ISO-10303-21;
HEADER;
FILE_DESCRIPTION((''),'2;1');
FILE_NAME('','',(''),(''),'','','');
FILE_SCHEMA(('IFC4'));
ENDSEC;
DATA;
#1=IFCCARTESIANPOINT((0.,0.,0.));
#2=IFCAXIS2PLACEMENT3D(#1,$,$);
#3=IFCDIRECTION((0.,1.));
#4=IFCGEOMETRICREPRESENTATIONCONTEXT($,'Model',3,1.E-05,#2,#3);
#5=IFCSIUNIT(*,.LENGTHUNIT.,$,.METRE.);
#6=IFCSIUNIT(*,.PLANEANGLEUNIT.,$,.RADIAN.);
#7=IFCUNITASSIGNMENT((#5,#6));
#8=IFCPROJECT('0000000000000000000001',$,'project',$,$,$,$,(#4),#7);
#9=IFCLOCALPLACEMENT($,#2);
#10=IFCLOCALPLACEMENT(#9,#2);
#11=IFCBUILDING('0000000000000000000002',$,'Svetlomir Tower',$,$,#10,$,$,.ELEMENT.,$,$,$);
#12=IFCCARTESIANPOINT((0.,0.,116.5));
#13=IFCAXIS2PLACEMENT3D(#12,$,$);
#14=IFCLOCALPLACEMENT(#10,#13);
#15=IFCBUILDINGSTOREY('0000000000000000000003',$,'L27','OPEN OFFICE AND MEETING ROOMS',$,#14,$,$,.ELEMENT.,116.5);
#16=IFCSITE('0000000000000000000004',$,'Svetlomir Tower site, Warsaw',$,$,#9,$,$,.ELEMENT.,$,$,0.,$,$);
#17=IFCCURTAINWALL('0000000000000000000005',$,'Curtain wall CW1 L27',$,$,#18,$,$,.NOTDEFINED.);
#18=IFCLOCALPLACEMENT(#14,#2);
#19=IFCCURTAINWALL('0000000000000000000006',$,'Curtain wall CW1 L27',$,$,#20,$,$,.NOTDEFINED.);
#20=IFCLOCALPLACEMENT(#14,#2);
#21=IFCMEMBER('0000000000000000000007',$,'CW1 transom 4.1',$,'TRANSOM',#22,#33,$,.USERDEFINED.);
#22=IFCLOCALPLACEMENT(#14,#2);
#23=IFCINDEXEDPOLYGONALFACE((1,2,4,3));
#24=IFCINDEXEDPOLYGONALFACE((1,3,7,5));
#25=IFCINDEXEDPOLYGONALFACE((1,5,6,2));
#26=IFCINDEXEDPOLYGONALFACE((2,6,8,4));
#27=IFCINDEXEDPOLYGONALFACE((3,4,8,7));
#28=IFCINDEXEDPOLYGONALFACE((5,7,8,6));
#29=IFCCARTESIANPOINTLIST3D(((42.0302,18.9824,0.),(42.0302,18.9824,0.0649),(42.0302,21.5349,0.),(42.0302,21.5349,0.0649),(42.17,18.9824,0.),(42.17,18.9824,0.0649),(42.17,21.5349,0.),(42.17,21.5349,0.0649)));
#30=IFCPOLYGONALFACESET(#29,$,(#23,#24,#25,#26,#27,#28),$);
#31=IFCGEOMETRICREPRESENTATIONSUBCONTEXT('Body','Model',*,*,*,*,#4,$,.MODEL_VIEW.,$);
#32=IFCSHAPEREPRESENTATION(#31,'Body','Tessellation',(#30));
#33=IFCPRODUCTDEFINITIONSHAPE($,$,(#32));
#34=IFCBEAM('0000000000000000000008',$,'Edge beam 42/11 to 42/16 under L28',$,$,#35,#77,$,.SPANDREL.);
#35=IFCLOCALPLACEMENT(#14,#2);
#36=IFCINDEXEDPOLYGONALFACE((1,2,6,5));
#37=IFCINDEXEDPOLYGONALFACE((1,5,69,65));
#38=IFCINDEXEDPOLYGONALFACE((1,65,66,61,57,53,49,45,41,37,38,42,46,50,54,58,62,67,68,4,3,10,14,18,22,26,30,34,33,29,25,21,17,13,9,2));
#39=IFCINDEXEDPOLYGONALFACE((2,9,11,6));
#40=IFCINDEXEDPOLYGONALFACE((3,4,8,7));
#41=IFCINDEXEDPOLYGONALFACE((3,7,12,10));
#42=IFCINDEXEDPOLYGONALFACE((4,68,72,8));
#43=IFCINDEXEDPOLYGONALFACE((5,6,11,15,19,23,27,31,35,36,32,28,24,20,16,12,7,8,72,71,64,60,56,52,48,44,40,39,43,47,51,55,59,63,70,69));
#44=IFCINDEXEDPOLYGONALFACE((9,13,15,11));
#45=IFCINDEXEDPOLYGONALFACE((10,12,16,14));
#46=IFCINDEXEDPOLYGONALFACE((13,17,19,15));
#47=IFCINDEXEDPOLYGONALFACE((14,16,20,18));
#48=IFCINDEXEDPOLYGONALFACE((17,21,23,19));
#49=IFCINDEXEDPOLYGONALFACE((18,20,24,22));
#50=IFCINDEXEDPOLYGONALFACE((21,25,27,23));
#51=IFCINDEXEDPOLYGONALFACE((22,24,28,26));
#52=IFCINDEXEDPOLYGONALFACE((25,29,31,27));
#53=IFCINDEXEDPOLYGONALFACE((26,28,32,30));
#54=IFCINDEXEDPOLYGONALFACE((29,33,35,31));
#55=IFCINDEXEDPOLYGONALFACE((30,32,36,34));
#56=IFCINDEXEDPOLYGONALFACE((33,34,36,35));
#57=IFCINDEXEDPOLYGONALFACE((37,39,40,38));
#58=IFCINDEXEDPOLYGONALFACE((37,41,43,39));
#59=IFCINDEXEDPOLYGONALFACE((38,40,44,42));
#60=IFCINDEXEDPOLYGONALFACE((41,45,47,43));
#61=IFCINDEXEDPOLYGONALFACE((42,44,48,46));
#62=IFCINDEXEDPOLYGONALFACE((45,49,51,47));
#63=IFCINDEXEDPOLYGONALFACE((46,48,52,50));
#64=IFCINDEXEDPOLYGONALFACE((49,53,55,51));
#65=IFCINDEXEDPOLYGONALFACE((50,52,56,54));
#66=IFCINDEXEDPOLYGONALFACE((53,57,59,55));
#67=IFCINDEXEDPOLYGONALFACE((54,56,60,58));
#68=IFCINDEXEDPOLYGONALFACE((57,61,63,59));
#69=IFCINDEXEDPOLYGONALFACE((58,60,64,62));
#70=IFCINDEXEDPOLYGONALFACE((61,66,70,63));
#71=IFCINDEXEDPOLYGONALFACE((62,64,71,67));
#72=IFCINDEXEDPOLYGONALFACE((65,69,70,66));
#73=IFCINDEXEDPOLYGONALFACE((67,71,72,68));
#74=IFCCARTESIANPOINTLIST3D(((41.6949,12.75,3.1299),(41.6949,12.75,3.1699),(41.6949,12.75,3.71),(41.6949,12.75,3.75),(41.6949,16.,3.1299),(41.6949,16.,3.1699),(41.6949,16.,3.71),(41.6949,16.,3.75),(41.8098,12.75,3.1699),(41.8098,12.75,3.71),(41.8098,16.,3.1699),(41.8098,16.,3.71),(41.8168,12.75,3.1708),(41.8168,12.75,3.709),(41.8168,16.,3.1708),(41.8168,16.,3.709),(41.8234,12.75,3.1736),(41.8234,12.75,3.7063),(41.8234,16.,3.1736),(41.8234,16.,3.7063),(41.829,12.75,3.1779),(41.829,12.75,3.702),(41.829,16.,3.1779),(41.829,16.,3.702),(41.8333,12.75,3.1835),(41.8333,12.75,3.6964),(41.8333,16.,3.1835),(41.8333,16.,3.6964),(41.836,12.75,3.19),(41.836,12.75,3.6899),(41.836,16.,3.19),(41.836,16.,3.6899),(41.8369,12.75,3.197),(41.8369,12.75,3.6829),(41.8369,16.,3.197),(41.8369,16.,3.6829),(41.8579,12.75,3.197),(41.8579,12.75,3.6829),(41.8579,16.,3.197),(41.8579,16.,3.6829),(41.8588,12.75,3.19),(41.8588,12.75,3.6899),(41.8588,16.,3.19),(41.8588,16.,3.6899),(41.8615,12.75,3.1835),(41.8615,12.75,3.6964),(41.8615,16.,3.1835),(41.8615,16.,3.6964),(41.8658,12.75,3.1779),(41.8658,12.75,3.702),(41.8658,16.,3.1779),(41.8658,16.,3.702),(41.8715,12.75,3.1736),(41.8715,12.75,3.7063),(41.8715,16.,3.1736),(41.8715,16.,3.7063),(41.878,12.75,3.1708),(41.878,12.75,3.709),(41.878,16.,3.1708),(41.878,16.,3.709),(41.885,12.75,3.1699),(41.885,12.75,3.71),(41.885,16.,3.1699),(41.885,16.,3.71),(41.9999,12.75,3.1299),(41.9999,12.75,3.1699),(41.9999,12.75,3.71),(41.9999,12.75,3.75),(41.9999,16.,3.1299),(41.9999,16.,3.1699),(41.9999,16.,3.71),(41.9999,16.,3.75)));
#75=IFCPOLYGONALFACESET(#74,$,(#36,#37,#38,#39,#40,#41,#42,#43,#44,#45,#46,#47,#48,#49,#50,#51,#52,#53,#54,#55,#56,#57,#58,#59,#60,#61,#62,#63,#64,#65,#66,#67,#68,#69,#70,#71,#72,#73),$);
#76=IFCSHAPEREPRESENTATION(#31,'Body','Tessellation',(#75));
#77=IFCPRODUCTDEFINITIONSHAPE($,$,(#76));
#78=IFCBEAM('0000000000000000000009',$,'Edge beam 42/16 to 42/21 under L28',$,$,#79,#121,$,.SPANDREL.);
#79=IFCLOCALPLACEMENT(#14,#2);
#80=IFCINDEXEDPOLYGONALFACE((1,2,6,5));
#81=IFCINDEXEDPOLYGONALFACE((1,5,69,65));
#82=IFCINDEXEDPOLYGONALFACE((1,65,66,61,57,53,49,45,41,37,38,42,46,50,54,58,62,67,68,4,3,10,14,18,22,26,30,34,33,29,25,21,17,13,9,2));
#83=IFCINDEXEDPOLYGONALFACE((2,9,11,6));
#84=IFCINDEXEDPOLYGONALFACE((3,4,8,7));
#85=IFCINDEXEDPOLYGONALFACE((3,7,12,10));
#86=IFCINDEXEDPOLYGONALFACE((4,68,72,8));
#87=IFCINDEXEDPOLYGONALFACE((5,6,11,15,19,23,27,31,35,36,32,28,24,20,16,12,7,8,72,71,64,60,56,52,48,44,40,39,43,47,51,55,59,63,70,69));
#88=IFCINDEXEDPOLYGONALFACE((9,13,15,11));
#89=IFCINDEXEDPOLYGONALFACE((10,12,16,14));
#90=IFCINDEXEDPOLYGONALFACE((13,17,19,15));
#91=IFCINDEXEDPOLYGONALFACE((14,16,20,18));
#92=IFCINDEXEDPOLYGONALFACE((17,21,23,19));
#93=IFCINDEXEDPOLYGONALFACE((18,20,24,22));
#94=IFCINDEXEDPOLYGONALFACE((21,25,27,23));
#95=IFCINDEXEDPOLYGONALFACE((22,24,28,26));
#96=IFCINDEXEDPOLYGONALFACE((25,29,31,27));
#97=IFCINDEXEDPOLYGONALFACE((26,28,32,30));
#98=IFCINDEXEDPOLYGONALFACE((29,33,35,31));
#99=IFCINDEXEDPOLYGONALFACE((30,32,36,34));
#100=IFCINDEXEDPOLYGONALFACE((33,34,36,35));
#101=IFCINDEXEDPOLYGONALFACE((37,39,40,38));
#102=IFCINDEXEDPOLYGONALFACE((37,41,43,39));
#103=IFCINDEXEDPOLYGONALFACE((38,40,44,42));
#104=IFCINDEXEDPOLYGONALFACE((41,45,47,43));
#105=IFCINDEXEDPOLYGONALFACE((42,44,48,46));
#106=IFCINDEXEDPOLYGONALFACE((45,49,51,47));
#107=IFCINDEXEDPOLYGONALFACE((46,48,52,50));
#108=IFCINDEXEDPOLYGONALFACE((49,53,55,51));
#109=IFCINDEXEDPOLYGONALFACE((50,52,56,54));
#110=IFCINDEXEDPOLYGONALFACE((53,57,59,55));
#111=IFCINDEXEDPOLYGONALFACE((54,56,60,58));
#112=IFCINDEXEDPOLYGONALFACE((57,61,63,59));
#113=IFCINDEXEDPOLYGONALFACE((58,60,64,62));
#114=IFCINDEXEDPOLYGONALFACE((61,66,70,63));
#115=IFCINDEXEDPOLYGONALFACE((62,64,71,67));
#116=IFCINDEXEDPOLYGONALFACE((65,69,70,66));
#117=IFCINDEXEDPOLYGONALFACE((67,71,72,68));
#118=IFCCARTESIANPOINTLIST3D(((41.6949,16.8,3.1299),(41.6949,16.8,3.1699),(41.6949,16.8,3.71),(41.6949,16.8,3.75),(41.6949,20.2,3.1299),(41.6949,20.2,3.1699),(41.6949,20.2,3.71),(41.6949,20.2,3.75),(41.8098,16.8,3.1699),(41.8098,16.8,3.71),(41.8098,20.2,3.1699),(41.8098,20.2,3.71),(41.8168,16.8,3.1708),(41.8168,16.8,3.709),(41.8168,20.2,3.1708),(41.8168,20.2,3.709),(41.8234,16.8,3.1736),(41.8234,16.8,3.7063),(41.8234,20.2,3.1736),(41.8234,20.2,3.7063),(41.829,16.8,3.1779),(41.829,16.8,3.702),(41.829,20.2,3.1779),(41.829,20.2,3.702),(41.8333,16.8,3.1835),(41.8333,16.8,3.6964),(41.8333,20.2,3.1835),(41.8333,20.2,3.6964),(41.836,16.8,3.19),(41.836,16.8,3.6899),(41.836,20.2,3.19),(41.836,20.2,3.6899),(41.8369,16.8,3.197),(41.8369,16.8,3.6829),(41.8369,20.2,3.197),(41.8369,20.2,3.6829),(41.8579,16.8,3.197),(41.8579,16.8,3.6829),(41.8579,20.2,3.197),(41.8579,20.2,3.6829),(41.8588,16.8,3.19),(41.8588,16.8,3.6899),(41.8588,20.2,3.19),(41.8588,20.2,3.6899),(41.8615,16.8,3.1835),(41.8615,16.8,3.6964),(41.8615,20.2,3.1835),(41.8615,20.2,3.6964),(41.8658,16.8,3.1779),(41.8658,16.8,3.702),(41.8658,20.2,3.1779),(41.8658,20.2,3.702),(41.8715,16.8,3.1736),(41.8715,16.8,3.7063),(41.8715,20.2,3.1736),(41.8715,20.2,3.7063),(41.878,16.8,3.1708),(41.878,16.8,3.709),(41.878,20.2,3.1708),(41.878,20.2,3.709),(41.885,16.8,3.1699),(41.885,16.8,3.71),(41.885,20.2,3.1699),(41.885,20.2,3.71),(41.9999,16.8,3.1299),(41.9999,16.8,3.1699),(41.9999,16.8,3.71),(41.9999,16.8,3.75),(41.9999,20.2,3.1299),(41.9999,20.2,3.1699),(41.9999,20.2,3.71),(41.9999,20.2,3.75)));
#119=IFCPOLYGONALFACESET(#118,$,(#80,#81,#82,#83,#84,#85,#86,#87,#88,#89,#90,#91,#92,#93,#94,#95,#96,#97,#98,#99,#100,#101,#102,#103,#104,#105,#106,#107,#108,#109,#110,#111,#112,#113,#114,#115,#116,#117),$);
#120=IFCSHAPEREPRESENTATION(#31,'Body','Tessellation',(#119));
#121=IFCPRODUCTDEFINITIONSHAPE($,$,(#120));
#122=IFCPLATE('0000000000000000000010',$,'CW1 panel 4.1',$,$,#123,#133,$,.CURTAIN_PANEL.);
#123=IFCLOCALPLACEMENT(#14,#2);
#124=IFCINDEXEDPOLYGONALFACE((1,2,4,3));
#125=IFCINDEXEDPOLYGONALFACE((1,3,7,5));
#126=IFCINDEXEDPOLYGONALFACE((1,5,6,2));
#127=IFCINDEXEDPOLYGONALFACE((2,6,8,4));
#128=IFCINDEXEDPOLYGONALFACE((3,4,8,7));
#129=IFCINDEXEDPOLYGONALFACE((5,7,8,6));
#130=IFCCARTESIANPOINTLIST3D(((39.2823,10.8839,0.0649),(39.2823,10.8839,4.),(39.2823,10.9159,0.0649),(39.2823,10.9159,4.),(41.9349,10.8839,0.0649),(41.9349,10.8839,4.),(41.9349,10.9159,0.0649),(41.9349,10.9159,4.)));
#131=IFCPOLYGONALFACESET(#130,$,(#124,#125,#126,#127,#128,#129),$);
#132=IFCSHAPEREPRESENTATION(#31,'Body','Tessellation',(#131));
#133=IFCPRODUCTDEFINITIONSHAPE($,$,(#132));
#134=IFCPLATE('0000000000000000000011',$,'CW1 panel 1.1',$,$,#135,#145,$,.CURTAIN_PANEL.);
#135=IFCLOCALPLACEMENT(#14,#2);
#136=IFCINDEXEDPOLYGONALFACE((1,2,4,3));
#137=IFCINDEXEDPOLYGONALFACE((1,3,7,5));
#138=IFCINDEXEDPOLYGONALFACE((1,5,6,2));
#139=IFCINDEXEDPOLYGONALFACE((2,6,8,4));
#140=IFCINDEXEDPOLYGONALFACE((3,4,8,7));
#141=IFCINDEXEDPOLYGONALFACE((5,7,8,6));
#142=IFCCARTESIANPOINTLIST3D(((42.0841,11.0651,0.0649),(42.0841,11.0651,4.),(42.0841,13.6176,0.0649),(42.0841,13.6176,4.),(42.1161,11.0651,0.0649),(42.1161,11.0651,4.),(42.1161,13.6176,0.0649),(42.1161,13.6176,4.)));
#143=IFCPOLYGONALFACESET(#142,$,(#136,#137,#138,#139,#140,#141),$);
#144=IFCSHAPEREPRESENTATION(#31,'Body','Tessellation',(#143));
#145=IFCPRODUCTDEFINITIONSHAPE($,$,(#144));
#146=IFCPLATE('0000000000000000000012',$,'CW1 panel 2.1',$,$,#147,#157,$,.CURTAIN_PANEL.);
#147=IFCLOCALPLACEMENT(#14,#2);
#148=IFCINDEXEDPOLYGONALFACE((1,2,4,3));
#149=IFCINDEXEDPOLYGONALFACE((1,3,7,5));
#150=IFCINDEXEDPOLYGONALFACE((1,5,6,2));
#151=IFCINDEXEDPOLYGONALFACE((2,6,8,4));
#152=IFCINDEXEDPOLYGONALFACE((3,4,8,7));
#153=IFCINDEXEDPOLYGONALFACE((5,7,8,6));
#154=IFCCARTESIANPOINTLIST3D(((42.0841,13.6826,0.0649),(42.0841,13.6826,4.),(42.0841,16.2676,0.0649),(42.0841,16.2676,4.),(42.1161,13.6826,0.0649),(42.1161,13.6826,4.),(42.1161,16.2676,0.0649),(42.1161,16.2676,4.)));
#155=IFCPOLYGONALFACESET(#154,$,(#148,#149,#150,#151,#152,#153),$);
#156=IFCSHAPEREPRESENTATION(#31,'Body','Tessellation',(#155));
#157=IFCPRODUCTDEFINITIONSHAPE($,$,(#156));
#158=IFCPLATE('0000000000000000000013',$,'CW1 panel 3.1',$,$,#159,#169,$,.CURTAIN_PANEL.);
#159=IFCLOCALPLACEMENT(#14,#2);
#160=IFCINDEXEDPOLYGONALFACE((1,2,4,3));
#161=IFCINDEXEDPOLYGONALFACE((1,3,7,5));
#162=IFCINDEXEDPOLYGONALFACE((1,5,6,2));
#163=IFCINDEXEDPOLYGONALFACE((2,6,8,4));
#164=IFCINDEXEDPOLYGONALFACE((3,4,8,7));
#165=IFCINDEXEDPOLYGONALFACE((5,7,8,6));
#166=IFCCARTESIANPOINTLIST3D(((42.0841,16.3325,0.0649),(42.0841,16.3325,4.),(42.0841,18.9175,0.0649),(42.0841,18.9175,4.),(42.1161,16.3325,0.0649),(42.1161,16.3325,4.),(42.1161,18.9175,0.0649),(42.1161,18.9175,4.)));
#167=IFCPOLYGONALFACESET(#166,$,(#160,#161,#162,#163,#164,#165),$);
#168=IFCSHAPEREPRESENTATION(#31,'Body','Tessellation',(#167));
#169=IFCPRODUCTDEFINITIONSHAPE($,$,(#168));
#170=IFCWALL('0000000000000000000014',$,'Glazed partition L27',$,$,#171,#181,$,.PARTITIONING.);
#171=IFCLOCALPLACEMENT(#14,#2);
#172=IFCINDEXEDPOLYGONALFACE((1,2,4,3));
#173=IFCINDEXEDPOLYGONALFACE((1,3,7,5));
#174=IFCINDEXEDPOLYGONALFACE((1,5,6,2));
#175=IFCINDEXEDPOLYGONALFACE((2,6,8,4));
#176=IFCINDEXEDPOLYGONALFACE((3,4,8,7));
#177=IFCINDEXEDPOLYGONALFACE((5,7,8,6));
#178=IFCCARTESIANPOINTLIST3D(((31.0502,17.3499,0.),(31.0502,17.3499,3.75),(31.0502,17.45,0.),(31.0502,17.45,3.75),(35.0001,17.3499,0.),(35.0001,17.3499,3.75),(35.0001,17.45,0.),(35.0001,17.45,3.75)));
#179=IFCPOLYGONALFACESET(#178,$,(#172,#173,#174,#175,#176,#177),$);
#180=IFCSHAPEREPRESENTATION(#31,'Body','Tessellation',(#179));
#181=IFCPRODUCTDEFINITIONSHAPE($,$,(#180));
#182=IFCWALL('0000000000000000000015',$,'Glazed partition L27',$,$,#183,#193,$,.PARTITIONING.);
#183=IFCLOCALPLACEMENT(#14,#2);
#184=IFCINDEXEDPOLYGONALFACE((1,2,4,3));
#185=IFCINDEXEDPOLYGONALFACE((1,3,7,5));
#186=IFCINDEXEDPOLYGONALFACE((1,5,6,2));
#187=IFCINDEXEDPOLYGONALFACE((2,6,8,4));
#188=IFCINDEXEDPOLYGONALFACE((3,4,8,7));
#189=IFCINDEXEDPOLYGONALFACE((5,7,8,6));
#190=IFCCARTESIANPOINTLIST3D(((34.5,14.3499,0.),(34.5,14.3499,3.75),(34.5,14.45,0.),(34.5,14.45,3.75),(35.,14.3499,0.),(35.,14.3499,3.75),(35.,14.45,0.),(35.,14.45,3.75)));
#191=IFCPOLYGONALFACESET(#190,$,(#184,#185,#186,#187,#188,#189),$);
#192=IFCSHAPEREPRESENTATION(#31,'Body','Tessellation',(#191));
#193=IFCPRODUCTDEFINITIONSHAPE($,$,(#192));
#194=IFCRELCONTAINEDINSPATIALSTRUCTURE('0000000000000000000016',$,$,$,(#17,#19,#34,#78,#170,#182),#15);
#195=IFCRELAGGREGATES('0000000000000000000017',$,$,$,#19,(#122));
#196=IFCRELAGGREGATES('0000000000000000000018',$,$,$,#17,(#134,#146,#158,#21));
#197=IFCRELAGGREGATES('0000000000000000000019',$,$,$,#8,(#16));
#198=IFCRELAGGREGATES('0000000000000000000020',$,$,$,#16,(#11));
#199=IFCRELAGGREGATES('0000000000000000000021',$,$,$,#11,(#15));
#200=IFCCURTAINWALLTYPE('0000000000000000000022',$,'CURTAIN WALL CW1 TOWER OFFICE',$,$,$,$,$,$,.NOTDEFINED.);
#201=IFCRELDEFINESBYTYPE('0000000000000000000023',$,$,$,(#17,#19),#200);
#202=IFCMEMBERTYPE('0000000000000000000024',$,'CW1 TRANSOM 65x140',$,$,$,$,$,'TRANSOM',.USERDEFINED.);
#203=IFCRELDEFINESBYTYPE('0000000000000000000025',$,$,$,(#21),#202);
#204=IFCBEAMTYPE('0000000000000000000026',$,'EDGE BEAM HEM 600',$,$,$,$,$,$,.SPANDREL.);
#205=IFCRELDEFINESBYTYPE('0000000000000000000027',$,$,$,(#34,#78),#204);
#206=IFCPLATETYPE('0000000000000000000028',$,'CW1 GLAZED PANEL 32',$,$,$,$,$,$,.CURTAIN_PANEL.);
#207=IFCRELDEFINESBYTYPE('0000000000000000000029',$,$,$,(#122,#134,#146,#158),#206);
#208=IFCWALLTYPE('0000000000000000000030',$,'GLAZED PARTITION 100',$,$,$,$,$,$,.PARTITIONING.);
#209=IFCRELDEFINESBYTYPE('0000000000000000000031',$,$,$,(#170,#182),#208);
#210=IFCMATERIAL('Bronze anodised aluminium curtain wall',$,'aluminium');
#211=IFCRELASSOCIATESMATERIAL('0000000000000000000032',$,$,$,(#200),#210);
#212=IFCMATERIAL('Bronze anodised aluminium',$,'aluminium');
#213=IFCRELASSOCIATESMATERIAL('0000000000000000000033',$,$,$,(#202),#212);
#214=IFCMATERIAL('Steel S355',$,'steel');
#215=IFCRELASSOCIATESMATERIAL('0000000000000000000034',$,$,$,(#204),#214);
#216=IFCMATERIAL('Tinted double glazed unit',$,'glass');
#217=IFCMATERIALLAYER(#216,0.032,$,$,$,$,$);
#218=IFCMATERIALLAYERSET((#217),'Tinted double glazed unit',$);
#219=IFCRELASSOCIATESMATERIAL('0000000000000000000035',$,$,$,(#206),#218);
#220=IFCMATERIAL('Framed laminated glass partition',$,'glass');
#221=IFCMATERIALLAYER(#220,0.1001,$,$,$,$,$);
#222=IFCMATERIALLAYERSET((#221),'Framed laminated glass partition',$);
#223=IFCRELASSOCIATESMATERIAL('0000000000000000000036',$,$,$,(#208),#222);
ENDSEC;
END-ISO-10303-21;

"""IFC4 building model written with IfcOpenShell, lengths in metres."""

from ifc_helpers import new_model, si_unit, direction, frame, frame_2d, origin, origin_2d, place, context, subcontext, project, spatial, rectangle, i_section, extrude, material, layer, layer_set, material_profile, profile_set, type_object, element, aggregate, save


model = new_model("IFC4")

# Units and contexts
model_context = context("Model", 3, precision=1e-05, world=origin(), true_north=direction((0.0, 1.0)))
body_context = subcontext(model_context, "Body", "Model", "MODEL_VIEW")
ifc_project = project(units=[si_unit("LENGTHUNIT", "METRE"), si_unit("PLANEANGLEUNIT", "RADIAN")], contexts=[model_context])

# Site, building, storey
site_placement = place(None, origin())
site = spatial("IfcSite", under=ifc_project, at=site_placement, Name="Svetlomir Tower site, Warsaw", CompositionType="ELEMENT", RefElevation=0.0)
building_placement = place(site_placement, origin())
building = spatial("IfcBuilding", under=site, at=building_placement, Name="Svetlomir Tower", CompositionType="ELEMENT")
storey_placement = place(building_placement, frame((0.0, 0.0, 116.5)))
storey = spatial("IfcBuildingStorey", under=building, at=storey_placement, Name="L27", Description="OPEN OFFICE AND MEETING ROOMS", CompositionType="ELEMENT", Elevation=116.5)

# Curtain wall
ifc_material_1 = material(Name="Bronze anodised aluminium curtain wall", Category="aluminium")
curtain_wall_type = type_object("IfcCurtainWallType", Name="CURTAIN WALL CW1 TOWER OFFICE", PredefinedType="NOTDEFINED", material=ifc_material_1)
curtain_wall_1_placement = place(storey_placement, origin())
curtain_wall_1 = element("IfcCurtainWall", 1, at=curtain_wall_1_placement, inside=storey, type_object=curtain_wall_type, Name="Curtain wall CW1 L27", PredefinedType="NOTDEFINED")

# Curtain wall
curtain_wall_2_placement = place(storey_placement, origin())
curtain_wall_2 = element("IfcCurtainWall", 2, at=curtain_wall_2_placement, inside=storey, type_object=curtain_wall_type, Name="Curtain wall CW1 L27", PredefinedType="NOTDEFINED")

# Member
ifc_material_2 = material(Name="Bronze anodised aluminium", Category="aluminium")
ifc_material_profile_1 = material_profile(ifc_material_2, rectangle(XDim=0.1399, YDim=0.0649, at=origin_2d()), Name="AL 140x65")
ifc_profile_set_1 = profile_set([ifc_material_profile_1], Name="Bronze anodised aluminium 6063-T6")
member_type_1 = type_object("IfcMemberType", Name="CW1 TRANSOM 65x140", ElementType="TRANSOM", PredefinedType="USERDEFINED", material=ifc_profile_set_1)
member_1_placement = place(storey_placement, frame((42.1001, 18.9824, 0.0325), z_axis=(0.0, 1.0, 0.0), x_axis=(-1.0, 0.0, 0.0)))
member_1 = element("IfcMember", 3, at=member_1_placement, type_object=member_type_1, Name="CW1 transom 4.1", ObjectType="TRANSOM", PredefinedType="USERDEFINED", context=body_context, shape_type="SweptSolid", body=[
    extrude(rectangle(XDim=0.1399, YDim=0.0649, at=origin_2d()), origin(), (0.0, 0.0, 1.0), 2.5525),
])

# Beams
ifc_material_3 = material(Name="Steel S355", Category="steel")
ifc_material_profile_2 = material_profile(ifc_material_3, i_section(OverallWidth=0.3049, OverallDepth=0.6201, WebThickness=0.021, FlangeThickness=0.04, FilletRadius=0.0271, at=origin_2d()), Name="HEM 600")
ifc_profile_set_2 = profile_set([ifc_material_profile_2], Name="Steel S355")
beam_type = type_object("IfcBeamType", Name="EDGE BEAM HEM 600", PredefinedType="SPANDREL", material=ifc_profile_set_2)
beam_1_placement = place(storey_placement, frame((41.8474, 12.75, 3.4399), z_axis=(0.0, 1.0, 0.0), x_axis=(-1.0, 0.0, 0.0)))
element("IfcBeam", 4, at=beam_1_placement, inside=storey, type_object=beam_type, Name="Edge beam 42/11 to 42/16 under L28", PredefinedType="SPANDREL", context=body_context, shape_type="SweptSolid", body=[
    extrude(i_section(OverallWidth=0.3049, OverallDepth=0.6201, WebThickness=0.021, FlangeThickness=0.04, FilletRadius=0.0271, at=origin_2d()), origin(), (0.0, 0.0, 1.0), 3.25),
])
beam_2_placement = place(storey_placement, frame((41.8474, 16.8, 3.4399), z_axis=(0.0, 1.0, 0.0), x_axis=(-1.0, 0.0, 0.0)))
element("IfcBeam", 5, at=beam_2_placement, inside=storey, type_object=beam_type, Name="Edge beam 42/16 to 42/21 under L28", PredefinedType="SPANDREL", context=body_context, shape_type="SweptSolid", body=[
    extrude(i_section(OverallWidth=0.3049, OverallDepth=0.6201, WebThickness=0.021, FlangeThickness=0.04, FilletRadius=0.0271, at=origin_2d()), origin(), (0.0, 0.0, 1.0), 3.3999),
])

# Plates
ifc_material_4 = material(Name="Tinted double glazed unit", Category="glass")
ifc_layer_1 = layer(ifc_material_4, 0.032)
ifc_layer_set_1 = layer_set([ifc_layer_1], Name="Tinted double glazed unit")
plate_type = type_object("IfcPlateType", Name="CW1 GLAZED PANEL 32", PredefinedType="CURTAIN_PANEL", material=ifc_layer_set_1)
plate_1_placement = place(storey_placement, frame((40.6086, 10.8999, 0.0649), z_axis=(0.0, 0.0, 1.0), x_axis=(1.0, 0.0, 0.0)))
plate_1 = element("IfcPlate", 6, at=plate_1_placement, type_object=plate_type, Name="CW1 panel 4.1", PredefinedType="CURTAIN_PANEL", context=body_context, shape_type="SweptSolid", body=[
    extrude(rectangle(XDim=2.6526, YDim=0.032, at=origin_2d()), origin(), (0.0, 0.0, 1.0), 3.9351),
])
aggregate(curtain_wall_2, [plate_1])
plate_2_placement = place(storey_placement, frame((42.1001, 12.3413, 0.0649), z_axis=(0.0, 0.0, 1.0), x_axis=(0.0, 1.0, 0.0)))
plate_2 = element("IfcPlate", 7, at=plate_2_placement, type_object=plate_type, Name="CW1 panel 1.1", PredefinedType="CURTAIN_PANEL", context=body_context, shape_type="SweptSolid", body=[
    extrude(rectangle(XDim=2.5525, YDim=0.032, at=origin_2d()), origin(), (0.0, 0.0, 1.0), 3.9351),
])
plate_3_placement = place(storey_placement, frame((42.1001, 14.9751, 0.0649), z_axis=(0.0, 0.0, 1.0), x_axis=(0.0, 1.0, 0.0)))
plate_3 = element("IfcPlate", 8, at=plate_3_placement, type_object=plate_type, Name="CW1 panel 2.1", PredefinedType="CURTAIN_PANEL", context=body_context, shape_type="SweptSolid", body=[
    extrude(rectangle(XDim=2.585, YDim=0.032, at=origin_2d()), origin(), (0.0, 0.0, 1.0), 3.9351),
])
plate_4_placement = place(storey_placement, frame((42.1001, 17.625, 0.0649), z_axis=(0.0, 0.0, 1.0), x_axis=(0.0, 1.0, 0.0)))
plate_4 = element("IfcPlate", 9, at=plate_4_placement, type_object=plate_type, Name="CW1 panel 3.1", PredefinedType="CURTAIN_PANEL", context=body_context, shape_type="SweptSolid", body=[
    extrude(rectangle(XDim=2.585, YDim=0.032, at=origin_2d()), origin(), (0.0, 0.0, 1.0), 3.9351),
])
aggregate(curtain_wall_1, [plate_2, plate_3, plate_4, member_1])

# Walls
ifc_material_5 = material(Name="Framed laminated glass partition", Category="glass")
ifc_layer_2 = layer(ifc_material_5, 0.1001)
ifc_layer_set_2 = layer_set([ifc_layer_2], Name="Framed laminated glass partition")
wall_type_1 = type_object("IfcWallType", Name="GLAZED PARTITION 100", PredefinedType="PARTITIONING", material=ifc_layer_set_2)
wall_1_placement = place(storey_placement, frame((31.05, 17.3999, 0.0), z_axis=(0.0, 0.0, 1.0), x_axis=(1.0, 0.0, 0.0)))
element("IfcWall", 10, at=wall_1_placement, inside=storey, type_object=wall_type_1, Name="Glazed partition L27", PredefinedType="PARTITIONING", context=body_context, shape_type="SweptSolid", body=[
    extrude(rectangle(XDim=3.95, YDim=0.1001, at=frame_2d((1.9751, 0.0))), origin(), (0.0, 0.0, 1.0), 3.75),
])
wall_2_placement = place(storey_placement, frame((34.5, 14.3999, 0.0), z_axis=(0.0, 0.0, 1.0), x_axis=(1.0, 0.0, 0.0)))
element("IfcWall", 11, at=wall_2_placement, inside=storey, type_object=wall_type_1, Name="Glazed partition L27", PredefinedType="PARTITIONING", context=body_context, shape_type="SweptSolid", body=[
    extrude(rectangle(XDim=0.5, YDim=0.1001, at=frame_2d((0.25, 0.0))), origin(), (0.0, 0.0, 1.0), 3.75),
])

save(model, "model.ifc")
